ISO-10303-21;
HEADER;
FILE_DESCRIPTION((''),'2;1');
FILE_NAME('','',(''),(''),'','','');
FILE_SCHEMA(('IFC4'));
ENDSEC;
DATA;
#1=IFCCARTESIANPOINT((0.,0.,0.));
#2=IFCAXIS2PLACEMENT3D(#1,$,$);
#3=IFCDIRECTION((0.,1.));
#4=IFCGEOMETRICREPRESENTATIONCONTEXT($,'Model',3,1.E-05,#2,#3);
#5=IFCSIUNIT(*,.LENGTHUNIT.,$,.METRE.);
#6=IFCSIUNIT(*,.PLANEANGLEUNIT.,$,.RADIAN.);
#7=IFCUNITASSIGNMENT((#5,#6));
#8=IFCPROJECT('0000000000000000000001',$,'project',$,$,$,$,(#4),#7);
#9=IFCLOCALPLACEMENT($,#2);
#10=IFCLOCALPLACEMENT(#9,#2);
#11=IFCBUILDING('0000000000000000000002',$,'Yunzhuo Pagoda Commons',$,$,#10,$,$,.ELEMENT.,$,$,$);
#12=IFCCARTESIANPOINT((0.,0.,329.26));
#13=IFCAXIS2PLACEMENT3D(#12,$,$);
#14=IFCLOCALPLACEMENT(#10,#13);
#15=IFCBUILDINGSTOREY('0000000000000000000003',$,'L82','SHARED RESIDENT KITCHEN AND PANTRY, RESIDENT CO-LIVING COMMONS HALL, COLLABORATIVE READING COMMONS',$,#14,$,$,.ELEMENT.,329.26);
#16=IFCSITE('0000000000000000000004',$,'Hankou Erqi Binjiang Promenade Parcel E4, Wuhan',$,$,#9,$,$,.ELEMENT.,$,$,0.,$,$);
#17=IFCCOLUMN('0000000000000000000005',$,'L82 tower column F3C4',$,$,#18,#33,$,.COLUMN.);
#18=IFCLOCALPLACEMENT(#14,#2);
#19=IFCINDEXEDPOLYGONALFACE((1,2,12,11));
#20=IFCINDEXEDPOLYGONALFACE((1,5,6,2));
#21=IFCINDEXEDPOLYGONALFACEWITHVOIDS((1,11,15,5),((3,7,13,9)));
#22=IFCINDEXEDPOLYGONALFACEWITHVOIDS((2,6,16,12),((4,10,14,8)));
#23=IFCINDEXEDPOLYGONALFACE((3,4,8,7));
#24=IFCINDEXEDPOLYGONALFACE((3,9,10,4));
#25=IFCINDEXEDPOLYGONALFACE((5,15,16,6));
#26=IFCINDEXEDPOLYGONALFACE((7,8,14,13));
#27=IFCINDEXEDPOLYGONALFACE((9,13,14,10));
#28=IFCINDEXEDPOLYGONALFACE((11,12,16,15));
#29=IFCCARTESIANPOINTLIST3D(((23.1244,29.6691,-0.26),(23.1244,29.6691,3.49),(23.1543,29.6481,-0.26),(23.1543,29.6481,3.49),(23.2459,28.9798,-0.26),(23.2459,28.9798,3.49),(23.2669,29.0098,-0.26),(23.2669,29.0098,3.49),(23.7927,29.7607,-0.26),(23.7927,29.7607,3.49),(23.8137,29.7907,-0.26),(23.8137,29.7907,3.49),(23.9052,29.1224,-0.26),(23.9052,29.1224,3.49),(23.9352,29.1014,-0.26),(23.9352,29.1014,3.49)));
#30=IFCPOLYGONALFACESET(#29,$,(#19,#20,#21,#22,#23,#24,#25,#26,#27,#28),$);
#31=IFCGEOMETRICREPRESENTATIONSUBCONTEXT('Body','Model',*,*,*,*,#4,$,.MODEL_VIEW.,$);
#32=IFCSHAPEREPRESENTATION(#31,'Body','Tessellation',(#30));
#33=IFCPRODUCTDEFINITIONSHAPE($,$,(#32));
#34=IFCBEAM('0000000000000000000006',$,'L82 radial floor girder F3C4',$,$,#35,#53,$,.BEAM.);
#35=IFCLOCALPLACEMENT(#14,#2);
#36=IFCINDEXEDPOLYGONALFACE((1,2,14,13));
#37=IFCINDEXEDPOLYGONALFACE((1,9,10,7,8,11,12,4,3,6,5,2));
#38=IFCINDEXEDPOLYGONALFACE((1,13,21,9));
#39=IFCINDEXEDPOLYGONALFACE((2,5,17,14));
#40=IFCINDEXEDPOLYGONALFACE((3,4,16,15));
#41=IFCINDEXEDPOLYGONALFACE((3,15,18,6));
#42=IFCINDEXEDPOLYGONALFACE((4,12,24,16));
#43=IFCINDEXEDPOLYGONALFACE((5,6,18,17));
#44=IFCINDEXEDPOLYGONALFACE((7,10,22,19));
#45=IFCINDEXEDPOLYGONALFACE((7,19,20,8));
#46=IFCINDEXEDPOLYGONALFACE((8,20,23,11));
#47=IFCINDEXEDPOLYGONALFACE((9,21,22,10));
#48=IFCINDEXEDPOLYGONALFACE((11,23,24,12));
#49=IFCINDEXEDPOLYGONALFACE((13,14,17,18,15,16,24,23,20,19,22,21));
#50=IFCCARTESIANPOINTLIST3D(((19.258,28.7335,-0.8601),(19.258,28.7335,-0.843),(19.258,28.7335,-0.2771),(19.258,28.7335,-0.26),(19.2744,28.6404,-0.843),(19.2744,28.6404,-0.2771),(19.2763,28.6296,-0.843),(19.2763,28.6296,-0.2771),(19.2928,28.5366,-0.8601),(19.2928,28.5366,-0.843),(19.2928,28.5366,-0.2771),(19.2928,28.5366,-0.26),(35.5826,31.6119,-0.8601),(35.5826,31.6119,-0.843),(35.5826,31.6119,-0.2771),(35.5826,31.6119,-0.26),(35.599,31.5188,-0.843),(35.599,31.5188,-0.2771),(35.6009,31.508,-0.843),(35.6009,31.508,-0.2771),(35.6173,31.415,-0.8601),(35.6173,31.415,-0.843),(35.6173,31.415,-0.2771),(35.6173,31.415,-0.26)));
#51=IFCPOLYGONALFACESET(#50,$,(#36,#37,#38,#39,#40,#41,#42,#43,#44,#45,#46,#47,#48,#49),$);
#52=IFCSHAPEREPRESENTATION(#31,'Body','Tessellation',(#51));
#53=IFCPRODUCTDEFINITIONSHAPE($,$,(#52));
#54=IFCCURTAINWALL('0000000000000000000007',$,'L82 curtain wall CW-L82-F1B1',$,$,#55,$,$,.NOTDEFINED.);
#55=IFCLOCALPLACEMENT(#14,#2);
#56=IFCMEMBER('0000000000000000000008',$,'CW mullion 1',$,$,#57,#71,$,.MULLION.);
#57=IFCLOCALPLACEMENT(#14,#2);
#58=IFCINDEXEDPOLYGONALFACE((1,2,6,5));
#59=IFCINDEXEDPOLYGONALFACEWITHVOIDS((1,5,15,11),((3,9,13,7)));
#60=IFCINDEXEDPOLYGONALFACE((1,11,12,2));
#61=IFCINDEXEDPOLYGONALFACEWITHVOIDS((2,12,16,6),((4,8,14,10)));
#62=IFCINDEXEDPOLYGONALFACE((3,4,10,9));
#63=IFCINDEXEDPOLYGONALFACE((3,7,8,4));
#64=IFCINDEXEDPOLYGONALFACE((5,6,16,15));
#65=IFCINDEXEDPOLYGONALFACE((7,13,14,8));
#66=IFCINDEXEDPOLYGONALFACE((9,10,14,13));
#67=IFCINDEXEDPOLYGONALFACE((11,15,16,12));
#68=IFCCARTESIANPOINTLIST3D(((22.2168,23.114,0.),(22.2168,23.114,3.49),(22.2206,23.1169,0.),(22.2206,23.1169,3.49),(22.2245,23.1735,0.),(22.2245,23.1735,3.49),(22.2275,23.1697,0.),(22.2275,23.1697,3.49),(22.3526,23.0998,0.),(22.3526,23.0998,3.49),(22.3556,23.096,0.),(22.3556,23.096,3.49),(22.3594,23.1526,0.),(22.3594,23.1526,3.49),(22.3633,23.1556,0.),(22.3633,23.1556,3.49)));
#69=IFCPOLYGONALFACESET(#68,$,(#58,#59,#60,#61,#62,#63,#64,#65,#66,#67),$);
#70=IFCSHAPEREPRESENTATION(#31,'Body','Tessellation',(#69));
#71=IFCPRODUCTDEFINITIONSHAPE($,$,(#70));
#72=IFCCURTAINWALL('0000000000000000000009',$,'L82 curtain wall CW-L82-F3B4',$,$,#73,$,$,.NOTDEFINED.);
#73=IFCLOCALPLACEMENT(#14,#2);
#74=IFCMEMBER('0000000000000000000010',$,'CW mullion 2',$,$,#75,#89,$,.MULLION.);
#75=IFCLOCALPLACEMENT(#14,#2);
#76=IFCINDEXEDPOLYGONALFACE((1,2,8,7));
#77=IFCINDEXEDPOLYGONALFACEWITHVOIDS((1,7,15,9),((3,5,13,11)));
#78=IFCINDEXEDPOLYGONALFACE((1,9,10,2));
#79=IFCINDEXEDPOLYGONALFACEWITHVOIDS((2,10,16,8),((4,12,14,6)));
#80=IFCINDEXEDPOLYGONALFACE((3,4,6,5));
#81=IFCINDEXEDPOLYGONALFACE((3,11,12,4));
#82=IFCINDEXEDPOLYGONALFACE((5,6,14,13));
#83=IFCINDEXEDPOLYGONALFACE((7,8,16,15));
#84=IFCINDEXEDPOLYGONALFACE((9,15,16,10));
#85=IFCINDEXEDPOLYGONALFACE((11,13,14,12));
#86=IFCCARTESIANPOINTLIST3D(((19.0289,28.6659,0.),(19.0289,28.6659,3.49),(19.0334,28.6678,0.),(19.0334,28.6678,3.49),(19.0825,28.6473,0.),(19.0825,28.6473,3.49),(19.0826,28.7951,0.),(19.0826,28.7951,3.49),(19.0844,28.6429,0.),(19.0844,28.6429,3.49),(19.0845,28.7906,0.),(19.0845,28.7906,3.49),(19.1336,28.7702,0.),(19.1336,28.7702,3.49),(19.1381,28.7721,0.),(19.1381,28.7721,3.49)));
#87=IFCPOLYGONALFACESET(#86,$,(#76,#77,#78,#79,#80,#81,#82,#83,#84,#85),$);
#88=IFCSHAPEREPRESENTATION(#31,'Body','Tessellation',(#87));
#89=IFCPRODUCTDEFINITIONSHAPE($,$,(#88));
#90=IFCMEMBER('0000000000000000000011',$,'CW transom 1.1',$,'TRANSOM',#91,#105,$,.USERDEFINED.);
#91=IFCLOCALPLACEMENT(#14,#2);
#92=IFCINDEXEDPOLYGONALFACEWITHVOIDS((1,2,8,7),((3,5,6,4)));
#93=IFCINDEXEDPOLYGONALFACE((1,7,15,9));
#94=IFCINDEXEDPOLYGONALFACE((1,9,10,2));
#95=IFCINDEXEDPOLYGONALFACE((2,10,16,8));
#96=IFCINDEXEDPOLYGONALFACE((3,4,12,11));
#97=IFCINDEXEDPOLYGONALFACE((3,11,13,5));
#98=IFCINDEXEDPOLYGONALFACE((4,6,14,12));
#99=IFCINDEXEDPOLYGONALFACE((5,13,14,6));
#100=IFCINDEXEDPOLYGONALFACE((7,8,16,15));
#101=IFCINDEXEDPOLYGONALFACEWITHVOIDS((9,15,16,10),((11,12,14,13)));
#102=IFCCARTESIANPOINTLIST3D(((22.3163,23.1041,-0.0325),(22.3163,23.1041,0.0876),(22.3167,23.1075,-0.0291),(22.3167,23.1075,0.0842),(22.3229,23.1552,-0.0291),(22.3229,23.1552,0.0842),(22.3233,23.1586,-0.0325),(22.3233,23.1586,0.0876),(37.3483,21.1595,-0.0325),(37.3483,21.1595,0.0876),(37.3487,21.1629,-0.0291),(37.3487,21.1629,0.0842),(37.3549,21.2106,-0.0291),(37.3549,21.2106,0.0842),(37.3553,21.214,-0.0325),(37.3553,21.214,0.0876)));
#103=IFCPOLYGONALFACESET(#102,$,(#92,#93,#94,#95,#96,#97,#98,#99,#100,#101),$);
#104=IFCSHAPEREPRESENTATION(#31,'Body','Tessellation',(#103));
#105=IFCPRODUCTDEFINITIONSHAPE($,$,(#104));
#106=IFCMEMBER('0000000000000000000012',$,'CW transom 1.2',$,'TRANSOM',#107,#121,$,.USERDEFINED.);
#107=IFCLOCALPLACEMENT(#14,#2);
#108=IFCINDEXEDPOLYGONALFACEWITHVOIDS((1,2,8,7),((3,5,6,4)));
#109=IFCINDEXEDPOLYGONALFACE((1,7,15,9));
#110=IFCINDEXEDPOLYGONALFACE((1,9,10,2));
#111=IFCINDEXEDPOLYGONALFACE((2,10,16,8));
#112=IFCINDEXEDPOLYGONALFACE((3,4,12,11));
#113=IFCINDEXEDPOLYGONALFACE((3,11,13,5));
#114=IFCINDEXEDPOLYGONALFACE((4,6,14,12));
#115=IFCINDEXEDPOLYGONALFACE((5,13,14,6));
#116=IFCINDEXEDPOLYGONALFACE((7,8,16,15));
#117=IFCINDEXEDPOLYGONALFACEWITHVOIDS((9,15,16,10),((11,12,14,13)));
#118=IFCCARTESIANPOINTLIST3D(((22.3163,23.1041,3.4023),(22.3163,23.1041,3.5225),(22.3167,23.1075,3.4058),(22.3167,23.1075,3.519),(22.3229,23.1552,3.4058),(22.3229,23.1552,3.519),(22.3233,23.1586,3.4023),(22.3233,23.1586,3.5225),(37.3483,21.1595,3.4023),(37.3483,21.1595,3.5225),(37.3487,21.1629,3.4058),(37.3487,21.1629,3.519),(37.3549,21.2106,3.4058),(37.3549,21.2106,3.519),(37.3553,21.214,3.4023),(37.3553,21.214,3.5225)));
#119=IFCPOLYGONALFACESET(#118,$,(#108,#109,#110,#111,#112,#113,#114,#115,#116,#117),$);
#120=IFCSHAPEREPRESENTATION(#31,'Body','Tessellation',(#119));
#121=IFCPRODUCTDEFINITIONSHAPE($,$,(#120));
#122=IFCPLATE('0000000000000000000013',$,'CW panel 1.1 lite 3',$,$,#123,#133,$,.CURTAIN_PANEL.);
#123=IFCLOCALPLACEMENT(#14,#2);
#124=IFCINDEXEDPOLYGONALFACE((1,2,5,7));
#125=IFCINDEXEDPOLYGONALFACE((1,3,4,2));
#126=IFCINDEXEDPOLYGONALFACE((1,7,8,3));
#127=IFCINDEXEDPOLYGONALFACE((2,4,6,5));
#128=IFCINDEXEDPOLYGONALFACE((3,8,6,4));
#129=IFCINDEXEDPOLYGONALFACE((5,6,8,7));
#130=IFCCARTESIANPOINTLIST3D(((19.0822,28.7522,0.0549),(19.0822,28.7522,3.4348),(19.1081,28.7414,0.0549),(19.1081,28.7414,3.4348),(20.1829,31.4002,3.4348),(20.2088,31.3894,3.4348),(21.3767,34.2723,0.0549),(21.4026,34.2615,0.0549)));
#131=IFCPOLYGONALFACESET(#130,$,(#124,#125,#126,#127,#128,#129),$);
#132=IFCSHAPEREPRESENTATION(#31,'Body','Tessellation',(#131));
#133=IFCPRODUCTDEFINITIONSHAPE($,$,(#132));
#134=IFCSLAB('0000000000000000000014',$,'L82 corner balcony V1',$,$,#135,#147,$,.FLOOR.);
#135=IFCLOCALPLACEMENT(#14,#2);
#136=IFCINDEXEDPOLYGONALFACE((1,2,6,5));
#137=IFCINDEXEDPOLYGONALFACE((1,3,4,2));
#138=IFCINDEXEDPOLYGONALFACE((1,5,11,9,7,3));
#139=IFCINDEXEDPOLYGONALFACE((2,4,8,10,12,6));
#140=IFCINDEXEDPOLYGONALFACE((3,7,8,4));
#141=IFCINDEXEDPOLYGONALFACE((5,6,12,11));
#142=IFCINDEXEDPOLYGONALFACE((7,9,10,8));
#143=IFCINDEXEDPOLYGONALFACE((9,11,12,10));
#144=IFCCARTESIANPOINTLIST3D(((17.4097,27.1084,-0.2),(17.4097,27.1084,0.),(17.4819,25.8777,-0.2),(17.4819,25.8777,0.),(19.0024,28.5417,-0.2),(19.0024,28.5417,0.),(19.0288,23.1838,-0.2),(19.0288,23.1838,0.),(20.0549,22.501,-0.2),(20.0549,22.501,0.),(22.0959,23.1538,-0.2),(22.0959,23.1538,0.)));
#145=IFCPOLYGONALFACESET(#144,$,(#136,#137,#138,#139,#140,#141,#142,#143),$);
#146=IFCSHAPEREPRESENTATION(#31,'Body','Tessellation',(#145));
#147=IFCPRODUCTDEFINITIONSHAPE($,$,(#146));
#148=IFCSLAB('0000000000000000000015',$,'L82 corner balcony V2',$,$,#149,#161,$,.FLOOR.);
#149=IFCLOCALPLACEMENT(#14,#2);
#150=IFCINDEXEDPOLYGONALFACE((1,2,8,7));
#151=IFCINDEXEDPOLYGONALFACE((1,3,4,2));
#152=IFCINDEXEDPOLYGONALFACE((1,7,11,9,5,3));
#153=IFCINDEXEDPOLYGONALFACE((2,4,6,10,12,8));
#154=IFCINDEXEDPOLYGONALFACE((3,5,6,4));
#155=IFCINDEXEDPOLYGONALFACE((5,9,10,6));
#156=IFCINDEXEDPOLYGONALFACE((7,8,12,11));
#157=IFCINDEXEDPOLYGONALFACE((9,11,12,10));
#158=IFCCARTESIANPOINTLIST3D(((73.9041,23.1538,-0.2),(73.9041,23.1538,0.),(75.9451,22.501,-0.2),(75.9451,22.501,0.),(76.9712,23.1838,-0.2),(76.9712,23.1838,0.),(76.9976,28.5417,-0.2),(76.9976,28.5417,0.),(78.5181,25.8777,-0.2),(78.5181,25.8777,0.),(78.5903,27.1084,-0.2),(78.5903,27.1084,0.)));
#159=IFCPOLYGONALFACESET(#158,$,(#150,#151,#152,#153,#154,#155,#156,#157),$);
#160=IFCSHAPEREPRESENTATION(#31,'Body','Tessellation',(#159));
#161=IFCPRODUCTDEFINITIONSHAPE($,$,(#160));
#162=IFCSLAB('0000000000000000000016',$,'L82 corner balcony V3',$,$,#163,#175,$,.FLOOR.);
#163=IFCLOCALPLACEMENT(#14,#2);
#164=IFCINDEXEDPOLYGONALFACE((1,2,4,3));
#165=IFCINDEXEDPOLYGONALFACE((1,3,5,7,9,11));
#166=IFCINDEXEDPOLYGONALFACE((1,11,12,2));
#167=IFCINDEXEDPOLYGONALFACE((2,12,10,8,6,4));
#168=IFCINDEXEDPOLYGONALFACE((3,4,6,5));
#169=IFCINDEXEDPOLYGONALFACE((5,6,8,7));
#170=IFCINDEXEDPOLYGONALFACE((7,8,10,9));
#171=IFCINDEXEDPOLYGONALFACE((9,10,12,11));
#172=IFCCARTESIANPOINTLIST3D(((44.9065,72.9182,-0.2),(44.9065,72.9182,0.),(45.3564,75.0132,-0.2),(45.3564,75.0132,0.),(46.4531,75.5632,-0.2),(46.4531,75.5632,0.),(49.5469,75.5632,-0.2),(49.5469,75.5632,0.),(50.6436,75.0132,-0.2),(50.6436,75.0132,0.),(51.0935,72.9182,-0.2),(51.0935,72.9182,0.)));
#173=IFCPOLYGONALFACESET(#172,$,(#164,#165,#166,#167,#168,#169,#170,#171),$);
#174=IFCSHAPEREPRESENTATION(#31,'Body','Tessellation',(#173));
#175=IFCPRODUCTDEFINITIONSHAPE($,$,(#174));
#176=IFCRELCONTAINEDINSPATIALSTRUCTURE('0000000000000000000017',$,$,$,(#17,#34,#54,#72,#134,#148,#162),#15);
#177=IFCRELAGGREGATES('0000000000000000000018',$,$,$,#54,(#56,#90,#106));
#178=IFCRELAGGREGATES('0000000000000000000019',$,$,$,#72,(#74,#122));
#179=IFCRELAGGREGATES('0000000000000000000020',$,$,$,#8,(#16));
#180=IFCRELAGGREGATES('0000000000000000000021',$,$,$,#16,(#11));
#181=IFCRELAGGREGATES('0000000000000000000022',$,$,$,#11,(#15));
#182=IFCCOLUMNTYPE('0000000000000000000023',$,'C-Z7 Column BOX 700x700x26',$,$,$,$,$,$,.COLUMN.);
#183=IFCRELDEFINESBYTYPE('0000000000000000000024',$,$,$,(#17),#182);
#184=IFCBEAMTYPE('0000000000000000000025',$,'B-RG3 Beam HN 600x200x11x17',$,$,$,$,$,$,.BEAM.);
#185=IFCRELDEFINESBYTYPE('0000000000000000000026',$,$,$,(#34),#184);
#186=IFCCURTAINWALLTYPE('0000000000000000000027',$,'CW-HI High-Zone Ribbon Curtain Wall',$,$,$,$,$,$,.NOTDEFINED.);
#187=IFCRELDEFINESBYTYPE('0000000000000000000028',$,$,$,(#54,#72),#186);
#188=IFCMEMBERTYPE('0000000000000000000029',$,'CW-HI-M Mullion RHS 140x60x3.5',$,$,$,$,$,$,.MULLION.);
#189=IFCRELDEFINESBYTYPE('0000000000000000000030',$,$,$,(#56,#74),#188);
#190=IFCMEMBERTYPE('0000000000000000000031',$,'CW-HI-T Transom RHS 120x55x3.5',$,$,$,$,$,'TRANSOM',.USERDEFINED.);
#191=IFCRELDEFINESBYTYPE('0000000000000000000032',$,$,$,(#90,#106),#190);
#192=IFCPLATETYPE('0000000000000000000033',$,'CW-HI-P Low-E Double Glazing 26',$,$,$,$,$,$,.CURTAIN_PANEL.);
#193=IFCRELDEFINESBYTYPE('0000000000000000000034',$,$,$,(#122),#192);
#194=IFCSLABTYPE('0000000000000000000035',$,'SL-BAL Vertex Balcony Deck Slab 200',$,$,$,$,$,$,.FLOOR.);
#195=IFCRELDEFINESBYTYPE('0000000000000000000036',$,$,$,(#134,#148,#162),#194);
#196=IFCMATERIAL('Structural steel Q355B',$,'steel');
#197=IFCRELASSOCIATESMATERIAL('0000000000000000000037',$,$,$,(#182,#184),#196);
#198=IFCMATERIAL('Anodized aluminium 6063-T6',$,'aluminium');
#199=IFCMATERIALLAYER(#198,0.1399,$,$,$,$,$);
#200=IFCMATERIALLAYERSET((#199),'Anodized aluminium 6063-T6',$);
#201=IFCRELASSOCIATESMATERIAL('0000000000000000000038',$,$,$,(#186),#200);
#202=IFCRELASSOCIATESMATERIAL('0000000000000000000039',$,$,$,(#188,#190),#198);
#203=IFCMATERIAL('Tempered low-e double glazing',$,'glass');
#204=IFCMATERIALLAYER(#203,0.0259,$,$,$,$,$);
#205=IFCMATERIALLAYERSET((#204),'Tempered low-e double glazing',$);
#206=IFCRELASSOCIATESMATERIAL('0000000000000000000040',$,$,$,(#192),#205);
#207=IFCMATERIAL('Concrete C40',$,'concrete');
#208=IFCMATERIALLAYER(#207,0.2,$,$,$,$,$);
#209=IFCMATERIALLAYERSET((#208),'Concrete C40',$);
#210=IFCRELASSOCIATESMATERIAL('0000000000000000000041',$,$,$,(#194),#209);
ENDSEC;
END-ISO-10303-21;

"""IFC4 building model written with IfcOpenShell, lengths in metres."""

from ifc_helpers import new_model, si_unit, direction, frame, origin, origin_2d, place, context, subcontext, project, spatial, polyline, hollow_rectangle, i_section, outline, extrude, source, transform, mapped, material, layer, layer_set, material_profile, profile_set, type_object, element, aggregate, save


model = new_model("IFC4")

# Units and contexts
model_context = context("Model", 3, precision=1e-05, world=origin(), true_north=direction((0.0, 1.0)))
body_context = subcontext(model_context, "Body", "Model", "MODEL_VIEW")
ifc_project = project(units=[si_unit("LENGTHUNIT", "METRE"), si_unit("PLANEANGLEUNIT", "RADIAN")], contexts=[model_context])

# Site, building, storey
site_placement = place(None, origin())
site = spatial("IfcSite", under=ifc_project, at=site_placement, Name="Hankou Erqi Binjiang Promenade Parcel E4, Wuhan", CompositionType="ELEMENT", RefElevation=0.0)
building_placement = place(site_placement, origin())
building = spatial("IfcBuilding", under=site, at=building_placement, Name="Yunzhuo Pagoda Commons", CompositionType="ELEMENT")
storey_placement = place(building_placement, frame((0.0, 0.0, 329.26)))
storey = spatial("IfcBuildingStorey", under=building, at=storey_placement, Name="L82", Description="SHARED RESIDENT KITCHEN AND PANTRY, RESIDENT CO-LIVING COMMONS HALL, COLLABORATIVE READING COMMONS", CompositionType="ELEMENT", Elevation=329.26)

# Column
ifc_material_1 = material(Name="Structural steel Q355B", Category="steel")
ifc_material_profile_1 = material_profile(ifc_material_1, hollow_rectangle(XDim=0.7, YDim=0.7, WallThickness=0.0259, at=origin_2d()), Name="Structural steel Q355B")
ifc_profile_set_1 = profile_set([ifc_material_profile_1], Name="Structural steel Q355B")
column_type = type_object("IfcColumnType", Name="C-Z7 Column BOX 700x700x26", PredefinedType="COLUMN", material=ifc_profile_set_1)
shared_shape_1 = source(origin(), body_context, "Body", "SweptSolid", [
    extrude(hollow_rectangle(XDim=0.7, YDim=0.7, WallThickness=0.0259, at=origin_2d()), origin(), (0.0, 0.0, 1.0), 3.75),
])
column_placement = place(storey_placement, frame((23.5298, 29.3853, -0.26), z_axis=(0.0, 0.0, 1.0), x_axis=(0.173648, -0.984808, 0.0)))
element("IfcColumn", 1, at=column_placement, inside=storey, type_object=column_type, Name="L82 tower column F3C4", PredefinedType="COLUMN", context=body_context, shape_type="MappedRepresentation", body=[
    mapped(shared_shape_1, transform((0.0, 0.0, 0.0), scale=1.0)),
])

# Beam
ifc_material_profile_2 = material_profile(ifc_material_1, i_section(OverallWidth=0.2, OverallDepth=0.6001, WebThickness=0.011, FlangeThickness=0.0171, at=origin_2d()), Name="Structural steel Q355B")
ifc_profile_set_2 = profile_set([ifc_material_profile_2], Name="Structural steel Q355B")
beam_type = type_object("IfcBeamType", Name="B-RG3 Beam HN 600x200x11x17", PredefinedType="BEAM", material=ifc_profile_set_2)
shared_shape_2 = source(origin(), body_context, "Body", "SweptSolid", [
    extrude(i_section(OverallWidth=0.2, OverallDepth=0.6001, WebThickness=0.011, FlangeThickness=0.0171, at=origin_2d()), origin(), (0.0, 0.0, 1.0), 16.5764),
])
beam_placement = place(storey_placement, frame((19.2754, 28.635, -0.5601), z_axis=(0.984808, 0.173644, 0.0), x_axis=(-0.173644, 0.984808, 0.0)))
element("IfcBeam", 2, at=beam_placement, inside=storey, type_object=beam_type, Name="L82 radial floor girder F3C4", PredefinedType="BEAM", context=body_context, shape_type="MappedRepresentation", body=[
    mapped(shared_shape_2, transform((0.0, 0.0, 0.0), scale=1.0)),
])

# Curtain walls, members
ifc_material_2 = material(Name="Anodized aluminium 6063-T6", Category="aluminium")
ifc_layer_1 = layer(ifc_material_2, 0.1399)
ifc_layer_set_1 = layer_set([ifc_layer_1], Name="Anodized aluminium 6063-T6")
curtain_wall_type = type_object("IfcCurtainWallType", Name="CW-HI High-Zone Ribbon Curtain Wall", PredefinedType="NOTDEFINED", material=ifc_layer_set_1)
curtain_wall_1_placement = place(storey_placement, origin())
curtain_wall_1 = element("IfcCurtainWall", 3, at=curtain_wall_1_placement, inside=storey, type_object=curtain_wall_type, Name="L82 curtain wall CW-L82-F1B1", PredefinedType="NOTDEFINED")
ifc_material_profile_3 = material_profile(ifc_material_2, hollow_rectangle(XDim=0.0601, YDim=0.1399, WallThickness=0.0034, at=origin_2d()), Name="Anodized aluminium 6063-T6")
ifc_profile_set_3 = profile_set([ifc_material_profile_3], Name="Anodized aluminium 6063-T6")
member_type_1 = type_object("IfcMemberType", Name="CW-HI-M Mullion RHS 140x60x3.5", PredefinedType="MULLION", material=ifc_profile_set_3)
shared_shape_3 = source(origin(), body_context, "Body", "SweptSolid", [
    extrude(hollow_rectangle(XDim=0.0601, YDim=0.1399, WallThickness=0.0034, at=origin_2d()), origin(), (0.0, 0.0, 1.0), 3.49),
])
member_1_placement = place(storey_placement, frame((22.29, 23.1348, 0.0), z_axis=(0.0, 0.0, 1.0), x_axis=(0.128276, 0.991739, 0.0)))
member_1 = element("IfcMember", 4, at=member_1_placement, type_object=member_type_1, Name="CW mullion 1", PredefinedType="MULLION", context=body_context, shape_type="MappedRepresentation", body=[
    mapped(shared_shape_3, transform((0.0, 0.0, 0.0), scale=1.0)),
])
curtain_wall_2_placement = place(storey_placement, origin())
curtain_wall_2 = element("IfcCurtainWall", 5, at=curtain_wall_2_placement, inside=storey, type_object=curtain_wall_type, Name="L82 curtain wall CW-L82-F3B4", PredefinedType="NOTDEFINED")
member_2_placement = place(storey_placement, frame((19.0835, 28.719, 0.0), z_axis=(0.0, 0.0, 1.0), x_axis=(0.923407, -0.383822, 0.0)))
member_2 = element("IfcMember", 6, at=member_2_placement, type_object=member_type_1, Name="CW mullion 2", PredefinedType="MULLION", context=body_context, shape_type="MappedRepresentation", body=[
    mapped(shared_shape_3, transform((0.0, 0.0, 0.0), scale=1.0)),
])

# Members
ifc_material_profile_4 = material_profile(ifc_material_2, hollow_rectangle(XDim=0.0549, YDim=0.1201, WallThickness=0.0034, at=origin_2d()), Name="Anodized aluminium 6063-T6")
ifc_profile_set_4 = profile_set([ifc_material_profile_4], Name="Anodized aluminium 6063-T6")
member_type_2 = type_object("IfcMemberType", Name="CW-HI-T Transom RHS 120x55x3.5", ElementType="TRANSOM", PredefinedType="USERDEFINED", material=ifc_profile_set_4)
shared_shape_4 = source(origin(), body_context, "Body", "SweptSolid", [
    extrude(hollow_rectangle(XDim=0.0549, YDim=0.1201, WallThickness=0.0034, at=origin_2d()), origin(), (0.0, 0.0, 1.0), 15.1572),
])
member_3_placement = place(storey_placement, frame((22.3198, 23.1313, 0.0276), z_axis=(0.991736, -0.128294, 0.0), x_axis=(0.128294, 0.991736, 0.0)))
member_3 = element("IfcMember", 7, at=member_3_placement, type_object=member_type_2, Name="CW transom 1.1", ObjectType="TRANSOM", PredefinedType="USERDEFINED", context=body_context, shape_type="MappedRepresentation", body=[
    mapped(shared_shape_4, transform((0.0, 0.0, 0.0), scale=1.0)),
])
member_4_placement = place(storey_placement, frame((22.3198, 23.1313, 3.4624), z_axis=(0.991736, -0.128294, 0.0), x_axis=(0.128294, 0.991736, 0.0)))
member_4 = element("IfcMember", 8, at=member_4_placement, type_object=member_type_2, Name="CW transom 1.2", ObjectType="TRANSOM", PredefinedType="USERDEFINED", context=body_context, shape_type="MappedRepresentation", body=[
    mapped(shared_shape_4, transform((0.0, 0.0, 0.0), scale=1.0)),
])
aggregate(curtain_wall_1, [member_1, member_3, member_4])

# Plate
ifc_material_3 = material(Name="Tempered low-e double glazing", Category="glass")
ifc_layer_2 = layer(ifc_material_3, 0.0259)
ifc_layer_set_2 = layer_set([ifc_layer_2], Name="Tempered low-e double glazing")
plate_type_1 = type_object("IfcPlateType", Name="CW-HI-P Low-E Double Glazing 26", PredefinedType="CURTAIN_PANEL", material=ifc_layer_set_2)
plate_1_placement = place(storey_placement, frame((20.2554, 31.5015, 1.7449), z_axis=(-0.923407, 0.383822, 0.0), x_axis=(-0.383822, -0.923407, 0.0)))
plate_1 = element("IfcPlate", 9, at=plate_1_placement, type_object=plate_type_1, Name="CW panel 1.1 lite 3", PredefinedType="CURTAIN_PANEL", context=body_context, shape_type="SweptSolid", body=[
    extrude(outline(polyline([(-2.989, -1.6899), (2.989, -1.6899), (2.989, 1.6899), (0.1213, 1.6899), (-2.989, -1.6899)])), origin(), (0.0, 0.0, 1.0), 0.0281),
])
aggregate(curtain_wall_2, [member_2, plate_1])

# Slabs
ifc_material_4 = material(Name="Concrete C40", Category="concrete")
ifc_layer_3 = layer(ifc_material_4, 0.2)
ifc_layer_set_3 = layer_set([ifc_layer_3], Name="Concrete C40")
slab_type_1 = type_object("IfcSlabType", Name="SL-BAL Vertex Balcony Deck Slab 200", PredefinedType="FLOOR", material=ifc_layer_set_3)
slab_1_placement = place(storey_placement, frame((0.0, 0.0, -0.2)))
element("IfcSlab", 10, at=slab_1_placement, inside=storey, type_object=slab_type_1, Name="L82 corner balcony V1", PredefinedType="FLOOR", context=body_context, shape_type="SweptSolid", body=[
    extrude(outline(polyline([(19.0024, 28.5417), (22.0959, 23.1538), (20.0549, 22.501), (19.0288, 23.1838), (17.4819, 25.8777), (17.4097, 27.1084), (19.0024, 28.5417)])), origin(), (0.0, 0.0, 1.0), 0.2),
])
slab_2_placement = place(storey_placement, frame((0.0, 0.0, -0.2)))
element("IfcSlab", 11, at=slab_2_placement, inside=storey, type_object=slab_type_1, Name="L82 corner balcony V2", PredefinedType="FLOOR", context=body_context, shape_type="SweptSolid", body=[
    extrude(outline(polyline([(73.9041, 23.1538), (76.9976, 28.5417), (78.5903, 27.1084), (78.5181, 25.8777), (76.9712, 23.1838), (75.9451, 22.501), (73.9041, 23.1538)])), origin(), (0.0, 0.0, 1.0), 0.2),
])
slab_3_placement = place(storey_placement, frame((0.0, 0.0, -0.2)))
element("IfcSlab", 12, at=slab_3_placement, inside=storey, type_object=slab_type_1, Name="L82 corner balcony V3", PredefinedType="FLOOR", context=body_context, shape_type="SweptSolid", body=[
    extrude(outline(polyline([(51.0935, 72.9182), (44.9065, 72.9182), (45.3564, 75.0132), (46.4531, 75.5632), (49.5469, 75.5632), (50.6436, 75.0132), (51.0935, 72.9182)])), origin(), (0.0, 0.0, 1.0), 0.2),
])

save(model, "model.ifc")
